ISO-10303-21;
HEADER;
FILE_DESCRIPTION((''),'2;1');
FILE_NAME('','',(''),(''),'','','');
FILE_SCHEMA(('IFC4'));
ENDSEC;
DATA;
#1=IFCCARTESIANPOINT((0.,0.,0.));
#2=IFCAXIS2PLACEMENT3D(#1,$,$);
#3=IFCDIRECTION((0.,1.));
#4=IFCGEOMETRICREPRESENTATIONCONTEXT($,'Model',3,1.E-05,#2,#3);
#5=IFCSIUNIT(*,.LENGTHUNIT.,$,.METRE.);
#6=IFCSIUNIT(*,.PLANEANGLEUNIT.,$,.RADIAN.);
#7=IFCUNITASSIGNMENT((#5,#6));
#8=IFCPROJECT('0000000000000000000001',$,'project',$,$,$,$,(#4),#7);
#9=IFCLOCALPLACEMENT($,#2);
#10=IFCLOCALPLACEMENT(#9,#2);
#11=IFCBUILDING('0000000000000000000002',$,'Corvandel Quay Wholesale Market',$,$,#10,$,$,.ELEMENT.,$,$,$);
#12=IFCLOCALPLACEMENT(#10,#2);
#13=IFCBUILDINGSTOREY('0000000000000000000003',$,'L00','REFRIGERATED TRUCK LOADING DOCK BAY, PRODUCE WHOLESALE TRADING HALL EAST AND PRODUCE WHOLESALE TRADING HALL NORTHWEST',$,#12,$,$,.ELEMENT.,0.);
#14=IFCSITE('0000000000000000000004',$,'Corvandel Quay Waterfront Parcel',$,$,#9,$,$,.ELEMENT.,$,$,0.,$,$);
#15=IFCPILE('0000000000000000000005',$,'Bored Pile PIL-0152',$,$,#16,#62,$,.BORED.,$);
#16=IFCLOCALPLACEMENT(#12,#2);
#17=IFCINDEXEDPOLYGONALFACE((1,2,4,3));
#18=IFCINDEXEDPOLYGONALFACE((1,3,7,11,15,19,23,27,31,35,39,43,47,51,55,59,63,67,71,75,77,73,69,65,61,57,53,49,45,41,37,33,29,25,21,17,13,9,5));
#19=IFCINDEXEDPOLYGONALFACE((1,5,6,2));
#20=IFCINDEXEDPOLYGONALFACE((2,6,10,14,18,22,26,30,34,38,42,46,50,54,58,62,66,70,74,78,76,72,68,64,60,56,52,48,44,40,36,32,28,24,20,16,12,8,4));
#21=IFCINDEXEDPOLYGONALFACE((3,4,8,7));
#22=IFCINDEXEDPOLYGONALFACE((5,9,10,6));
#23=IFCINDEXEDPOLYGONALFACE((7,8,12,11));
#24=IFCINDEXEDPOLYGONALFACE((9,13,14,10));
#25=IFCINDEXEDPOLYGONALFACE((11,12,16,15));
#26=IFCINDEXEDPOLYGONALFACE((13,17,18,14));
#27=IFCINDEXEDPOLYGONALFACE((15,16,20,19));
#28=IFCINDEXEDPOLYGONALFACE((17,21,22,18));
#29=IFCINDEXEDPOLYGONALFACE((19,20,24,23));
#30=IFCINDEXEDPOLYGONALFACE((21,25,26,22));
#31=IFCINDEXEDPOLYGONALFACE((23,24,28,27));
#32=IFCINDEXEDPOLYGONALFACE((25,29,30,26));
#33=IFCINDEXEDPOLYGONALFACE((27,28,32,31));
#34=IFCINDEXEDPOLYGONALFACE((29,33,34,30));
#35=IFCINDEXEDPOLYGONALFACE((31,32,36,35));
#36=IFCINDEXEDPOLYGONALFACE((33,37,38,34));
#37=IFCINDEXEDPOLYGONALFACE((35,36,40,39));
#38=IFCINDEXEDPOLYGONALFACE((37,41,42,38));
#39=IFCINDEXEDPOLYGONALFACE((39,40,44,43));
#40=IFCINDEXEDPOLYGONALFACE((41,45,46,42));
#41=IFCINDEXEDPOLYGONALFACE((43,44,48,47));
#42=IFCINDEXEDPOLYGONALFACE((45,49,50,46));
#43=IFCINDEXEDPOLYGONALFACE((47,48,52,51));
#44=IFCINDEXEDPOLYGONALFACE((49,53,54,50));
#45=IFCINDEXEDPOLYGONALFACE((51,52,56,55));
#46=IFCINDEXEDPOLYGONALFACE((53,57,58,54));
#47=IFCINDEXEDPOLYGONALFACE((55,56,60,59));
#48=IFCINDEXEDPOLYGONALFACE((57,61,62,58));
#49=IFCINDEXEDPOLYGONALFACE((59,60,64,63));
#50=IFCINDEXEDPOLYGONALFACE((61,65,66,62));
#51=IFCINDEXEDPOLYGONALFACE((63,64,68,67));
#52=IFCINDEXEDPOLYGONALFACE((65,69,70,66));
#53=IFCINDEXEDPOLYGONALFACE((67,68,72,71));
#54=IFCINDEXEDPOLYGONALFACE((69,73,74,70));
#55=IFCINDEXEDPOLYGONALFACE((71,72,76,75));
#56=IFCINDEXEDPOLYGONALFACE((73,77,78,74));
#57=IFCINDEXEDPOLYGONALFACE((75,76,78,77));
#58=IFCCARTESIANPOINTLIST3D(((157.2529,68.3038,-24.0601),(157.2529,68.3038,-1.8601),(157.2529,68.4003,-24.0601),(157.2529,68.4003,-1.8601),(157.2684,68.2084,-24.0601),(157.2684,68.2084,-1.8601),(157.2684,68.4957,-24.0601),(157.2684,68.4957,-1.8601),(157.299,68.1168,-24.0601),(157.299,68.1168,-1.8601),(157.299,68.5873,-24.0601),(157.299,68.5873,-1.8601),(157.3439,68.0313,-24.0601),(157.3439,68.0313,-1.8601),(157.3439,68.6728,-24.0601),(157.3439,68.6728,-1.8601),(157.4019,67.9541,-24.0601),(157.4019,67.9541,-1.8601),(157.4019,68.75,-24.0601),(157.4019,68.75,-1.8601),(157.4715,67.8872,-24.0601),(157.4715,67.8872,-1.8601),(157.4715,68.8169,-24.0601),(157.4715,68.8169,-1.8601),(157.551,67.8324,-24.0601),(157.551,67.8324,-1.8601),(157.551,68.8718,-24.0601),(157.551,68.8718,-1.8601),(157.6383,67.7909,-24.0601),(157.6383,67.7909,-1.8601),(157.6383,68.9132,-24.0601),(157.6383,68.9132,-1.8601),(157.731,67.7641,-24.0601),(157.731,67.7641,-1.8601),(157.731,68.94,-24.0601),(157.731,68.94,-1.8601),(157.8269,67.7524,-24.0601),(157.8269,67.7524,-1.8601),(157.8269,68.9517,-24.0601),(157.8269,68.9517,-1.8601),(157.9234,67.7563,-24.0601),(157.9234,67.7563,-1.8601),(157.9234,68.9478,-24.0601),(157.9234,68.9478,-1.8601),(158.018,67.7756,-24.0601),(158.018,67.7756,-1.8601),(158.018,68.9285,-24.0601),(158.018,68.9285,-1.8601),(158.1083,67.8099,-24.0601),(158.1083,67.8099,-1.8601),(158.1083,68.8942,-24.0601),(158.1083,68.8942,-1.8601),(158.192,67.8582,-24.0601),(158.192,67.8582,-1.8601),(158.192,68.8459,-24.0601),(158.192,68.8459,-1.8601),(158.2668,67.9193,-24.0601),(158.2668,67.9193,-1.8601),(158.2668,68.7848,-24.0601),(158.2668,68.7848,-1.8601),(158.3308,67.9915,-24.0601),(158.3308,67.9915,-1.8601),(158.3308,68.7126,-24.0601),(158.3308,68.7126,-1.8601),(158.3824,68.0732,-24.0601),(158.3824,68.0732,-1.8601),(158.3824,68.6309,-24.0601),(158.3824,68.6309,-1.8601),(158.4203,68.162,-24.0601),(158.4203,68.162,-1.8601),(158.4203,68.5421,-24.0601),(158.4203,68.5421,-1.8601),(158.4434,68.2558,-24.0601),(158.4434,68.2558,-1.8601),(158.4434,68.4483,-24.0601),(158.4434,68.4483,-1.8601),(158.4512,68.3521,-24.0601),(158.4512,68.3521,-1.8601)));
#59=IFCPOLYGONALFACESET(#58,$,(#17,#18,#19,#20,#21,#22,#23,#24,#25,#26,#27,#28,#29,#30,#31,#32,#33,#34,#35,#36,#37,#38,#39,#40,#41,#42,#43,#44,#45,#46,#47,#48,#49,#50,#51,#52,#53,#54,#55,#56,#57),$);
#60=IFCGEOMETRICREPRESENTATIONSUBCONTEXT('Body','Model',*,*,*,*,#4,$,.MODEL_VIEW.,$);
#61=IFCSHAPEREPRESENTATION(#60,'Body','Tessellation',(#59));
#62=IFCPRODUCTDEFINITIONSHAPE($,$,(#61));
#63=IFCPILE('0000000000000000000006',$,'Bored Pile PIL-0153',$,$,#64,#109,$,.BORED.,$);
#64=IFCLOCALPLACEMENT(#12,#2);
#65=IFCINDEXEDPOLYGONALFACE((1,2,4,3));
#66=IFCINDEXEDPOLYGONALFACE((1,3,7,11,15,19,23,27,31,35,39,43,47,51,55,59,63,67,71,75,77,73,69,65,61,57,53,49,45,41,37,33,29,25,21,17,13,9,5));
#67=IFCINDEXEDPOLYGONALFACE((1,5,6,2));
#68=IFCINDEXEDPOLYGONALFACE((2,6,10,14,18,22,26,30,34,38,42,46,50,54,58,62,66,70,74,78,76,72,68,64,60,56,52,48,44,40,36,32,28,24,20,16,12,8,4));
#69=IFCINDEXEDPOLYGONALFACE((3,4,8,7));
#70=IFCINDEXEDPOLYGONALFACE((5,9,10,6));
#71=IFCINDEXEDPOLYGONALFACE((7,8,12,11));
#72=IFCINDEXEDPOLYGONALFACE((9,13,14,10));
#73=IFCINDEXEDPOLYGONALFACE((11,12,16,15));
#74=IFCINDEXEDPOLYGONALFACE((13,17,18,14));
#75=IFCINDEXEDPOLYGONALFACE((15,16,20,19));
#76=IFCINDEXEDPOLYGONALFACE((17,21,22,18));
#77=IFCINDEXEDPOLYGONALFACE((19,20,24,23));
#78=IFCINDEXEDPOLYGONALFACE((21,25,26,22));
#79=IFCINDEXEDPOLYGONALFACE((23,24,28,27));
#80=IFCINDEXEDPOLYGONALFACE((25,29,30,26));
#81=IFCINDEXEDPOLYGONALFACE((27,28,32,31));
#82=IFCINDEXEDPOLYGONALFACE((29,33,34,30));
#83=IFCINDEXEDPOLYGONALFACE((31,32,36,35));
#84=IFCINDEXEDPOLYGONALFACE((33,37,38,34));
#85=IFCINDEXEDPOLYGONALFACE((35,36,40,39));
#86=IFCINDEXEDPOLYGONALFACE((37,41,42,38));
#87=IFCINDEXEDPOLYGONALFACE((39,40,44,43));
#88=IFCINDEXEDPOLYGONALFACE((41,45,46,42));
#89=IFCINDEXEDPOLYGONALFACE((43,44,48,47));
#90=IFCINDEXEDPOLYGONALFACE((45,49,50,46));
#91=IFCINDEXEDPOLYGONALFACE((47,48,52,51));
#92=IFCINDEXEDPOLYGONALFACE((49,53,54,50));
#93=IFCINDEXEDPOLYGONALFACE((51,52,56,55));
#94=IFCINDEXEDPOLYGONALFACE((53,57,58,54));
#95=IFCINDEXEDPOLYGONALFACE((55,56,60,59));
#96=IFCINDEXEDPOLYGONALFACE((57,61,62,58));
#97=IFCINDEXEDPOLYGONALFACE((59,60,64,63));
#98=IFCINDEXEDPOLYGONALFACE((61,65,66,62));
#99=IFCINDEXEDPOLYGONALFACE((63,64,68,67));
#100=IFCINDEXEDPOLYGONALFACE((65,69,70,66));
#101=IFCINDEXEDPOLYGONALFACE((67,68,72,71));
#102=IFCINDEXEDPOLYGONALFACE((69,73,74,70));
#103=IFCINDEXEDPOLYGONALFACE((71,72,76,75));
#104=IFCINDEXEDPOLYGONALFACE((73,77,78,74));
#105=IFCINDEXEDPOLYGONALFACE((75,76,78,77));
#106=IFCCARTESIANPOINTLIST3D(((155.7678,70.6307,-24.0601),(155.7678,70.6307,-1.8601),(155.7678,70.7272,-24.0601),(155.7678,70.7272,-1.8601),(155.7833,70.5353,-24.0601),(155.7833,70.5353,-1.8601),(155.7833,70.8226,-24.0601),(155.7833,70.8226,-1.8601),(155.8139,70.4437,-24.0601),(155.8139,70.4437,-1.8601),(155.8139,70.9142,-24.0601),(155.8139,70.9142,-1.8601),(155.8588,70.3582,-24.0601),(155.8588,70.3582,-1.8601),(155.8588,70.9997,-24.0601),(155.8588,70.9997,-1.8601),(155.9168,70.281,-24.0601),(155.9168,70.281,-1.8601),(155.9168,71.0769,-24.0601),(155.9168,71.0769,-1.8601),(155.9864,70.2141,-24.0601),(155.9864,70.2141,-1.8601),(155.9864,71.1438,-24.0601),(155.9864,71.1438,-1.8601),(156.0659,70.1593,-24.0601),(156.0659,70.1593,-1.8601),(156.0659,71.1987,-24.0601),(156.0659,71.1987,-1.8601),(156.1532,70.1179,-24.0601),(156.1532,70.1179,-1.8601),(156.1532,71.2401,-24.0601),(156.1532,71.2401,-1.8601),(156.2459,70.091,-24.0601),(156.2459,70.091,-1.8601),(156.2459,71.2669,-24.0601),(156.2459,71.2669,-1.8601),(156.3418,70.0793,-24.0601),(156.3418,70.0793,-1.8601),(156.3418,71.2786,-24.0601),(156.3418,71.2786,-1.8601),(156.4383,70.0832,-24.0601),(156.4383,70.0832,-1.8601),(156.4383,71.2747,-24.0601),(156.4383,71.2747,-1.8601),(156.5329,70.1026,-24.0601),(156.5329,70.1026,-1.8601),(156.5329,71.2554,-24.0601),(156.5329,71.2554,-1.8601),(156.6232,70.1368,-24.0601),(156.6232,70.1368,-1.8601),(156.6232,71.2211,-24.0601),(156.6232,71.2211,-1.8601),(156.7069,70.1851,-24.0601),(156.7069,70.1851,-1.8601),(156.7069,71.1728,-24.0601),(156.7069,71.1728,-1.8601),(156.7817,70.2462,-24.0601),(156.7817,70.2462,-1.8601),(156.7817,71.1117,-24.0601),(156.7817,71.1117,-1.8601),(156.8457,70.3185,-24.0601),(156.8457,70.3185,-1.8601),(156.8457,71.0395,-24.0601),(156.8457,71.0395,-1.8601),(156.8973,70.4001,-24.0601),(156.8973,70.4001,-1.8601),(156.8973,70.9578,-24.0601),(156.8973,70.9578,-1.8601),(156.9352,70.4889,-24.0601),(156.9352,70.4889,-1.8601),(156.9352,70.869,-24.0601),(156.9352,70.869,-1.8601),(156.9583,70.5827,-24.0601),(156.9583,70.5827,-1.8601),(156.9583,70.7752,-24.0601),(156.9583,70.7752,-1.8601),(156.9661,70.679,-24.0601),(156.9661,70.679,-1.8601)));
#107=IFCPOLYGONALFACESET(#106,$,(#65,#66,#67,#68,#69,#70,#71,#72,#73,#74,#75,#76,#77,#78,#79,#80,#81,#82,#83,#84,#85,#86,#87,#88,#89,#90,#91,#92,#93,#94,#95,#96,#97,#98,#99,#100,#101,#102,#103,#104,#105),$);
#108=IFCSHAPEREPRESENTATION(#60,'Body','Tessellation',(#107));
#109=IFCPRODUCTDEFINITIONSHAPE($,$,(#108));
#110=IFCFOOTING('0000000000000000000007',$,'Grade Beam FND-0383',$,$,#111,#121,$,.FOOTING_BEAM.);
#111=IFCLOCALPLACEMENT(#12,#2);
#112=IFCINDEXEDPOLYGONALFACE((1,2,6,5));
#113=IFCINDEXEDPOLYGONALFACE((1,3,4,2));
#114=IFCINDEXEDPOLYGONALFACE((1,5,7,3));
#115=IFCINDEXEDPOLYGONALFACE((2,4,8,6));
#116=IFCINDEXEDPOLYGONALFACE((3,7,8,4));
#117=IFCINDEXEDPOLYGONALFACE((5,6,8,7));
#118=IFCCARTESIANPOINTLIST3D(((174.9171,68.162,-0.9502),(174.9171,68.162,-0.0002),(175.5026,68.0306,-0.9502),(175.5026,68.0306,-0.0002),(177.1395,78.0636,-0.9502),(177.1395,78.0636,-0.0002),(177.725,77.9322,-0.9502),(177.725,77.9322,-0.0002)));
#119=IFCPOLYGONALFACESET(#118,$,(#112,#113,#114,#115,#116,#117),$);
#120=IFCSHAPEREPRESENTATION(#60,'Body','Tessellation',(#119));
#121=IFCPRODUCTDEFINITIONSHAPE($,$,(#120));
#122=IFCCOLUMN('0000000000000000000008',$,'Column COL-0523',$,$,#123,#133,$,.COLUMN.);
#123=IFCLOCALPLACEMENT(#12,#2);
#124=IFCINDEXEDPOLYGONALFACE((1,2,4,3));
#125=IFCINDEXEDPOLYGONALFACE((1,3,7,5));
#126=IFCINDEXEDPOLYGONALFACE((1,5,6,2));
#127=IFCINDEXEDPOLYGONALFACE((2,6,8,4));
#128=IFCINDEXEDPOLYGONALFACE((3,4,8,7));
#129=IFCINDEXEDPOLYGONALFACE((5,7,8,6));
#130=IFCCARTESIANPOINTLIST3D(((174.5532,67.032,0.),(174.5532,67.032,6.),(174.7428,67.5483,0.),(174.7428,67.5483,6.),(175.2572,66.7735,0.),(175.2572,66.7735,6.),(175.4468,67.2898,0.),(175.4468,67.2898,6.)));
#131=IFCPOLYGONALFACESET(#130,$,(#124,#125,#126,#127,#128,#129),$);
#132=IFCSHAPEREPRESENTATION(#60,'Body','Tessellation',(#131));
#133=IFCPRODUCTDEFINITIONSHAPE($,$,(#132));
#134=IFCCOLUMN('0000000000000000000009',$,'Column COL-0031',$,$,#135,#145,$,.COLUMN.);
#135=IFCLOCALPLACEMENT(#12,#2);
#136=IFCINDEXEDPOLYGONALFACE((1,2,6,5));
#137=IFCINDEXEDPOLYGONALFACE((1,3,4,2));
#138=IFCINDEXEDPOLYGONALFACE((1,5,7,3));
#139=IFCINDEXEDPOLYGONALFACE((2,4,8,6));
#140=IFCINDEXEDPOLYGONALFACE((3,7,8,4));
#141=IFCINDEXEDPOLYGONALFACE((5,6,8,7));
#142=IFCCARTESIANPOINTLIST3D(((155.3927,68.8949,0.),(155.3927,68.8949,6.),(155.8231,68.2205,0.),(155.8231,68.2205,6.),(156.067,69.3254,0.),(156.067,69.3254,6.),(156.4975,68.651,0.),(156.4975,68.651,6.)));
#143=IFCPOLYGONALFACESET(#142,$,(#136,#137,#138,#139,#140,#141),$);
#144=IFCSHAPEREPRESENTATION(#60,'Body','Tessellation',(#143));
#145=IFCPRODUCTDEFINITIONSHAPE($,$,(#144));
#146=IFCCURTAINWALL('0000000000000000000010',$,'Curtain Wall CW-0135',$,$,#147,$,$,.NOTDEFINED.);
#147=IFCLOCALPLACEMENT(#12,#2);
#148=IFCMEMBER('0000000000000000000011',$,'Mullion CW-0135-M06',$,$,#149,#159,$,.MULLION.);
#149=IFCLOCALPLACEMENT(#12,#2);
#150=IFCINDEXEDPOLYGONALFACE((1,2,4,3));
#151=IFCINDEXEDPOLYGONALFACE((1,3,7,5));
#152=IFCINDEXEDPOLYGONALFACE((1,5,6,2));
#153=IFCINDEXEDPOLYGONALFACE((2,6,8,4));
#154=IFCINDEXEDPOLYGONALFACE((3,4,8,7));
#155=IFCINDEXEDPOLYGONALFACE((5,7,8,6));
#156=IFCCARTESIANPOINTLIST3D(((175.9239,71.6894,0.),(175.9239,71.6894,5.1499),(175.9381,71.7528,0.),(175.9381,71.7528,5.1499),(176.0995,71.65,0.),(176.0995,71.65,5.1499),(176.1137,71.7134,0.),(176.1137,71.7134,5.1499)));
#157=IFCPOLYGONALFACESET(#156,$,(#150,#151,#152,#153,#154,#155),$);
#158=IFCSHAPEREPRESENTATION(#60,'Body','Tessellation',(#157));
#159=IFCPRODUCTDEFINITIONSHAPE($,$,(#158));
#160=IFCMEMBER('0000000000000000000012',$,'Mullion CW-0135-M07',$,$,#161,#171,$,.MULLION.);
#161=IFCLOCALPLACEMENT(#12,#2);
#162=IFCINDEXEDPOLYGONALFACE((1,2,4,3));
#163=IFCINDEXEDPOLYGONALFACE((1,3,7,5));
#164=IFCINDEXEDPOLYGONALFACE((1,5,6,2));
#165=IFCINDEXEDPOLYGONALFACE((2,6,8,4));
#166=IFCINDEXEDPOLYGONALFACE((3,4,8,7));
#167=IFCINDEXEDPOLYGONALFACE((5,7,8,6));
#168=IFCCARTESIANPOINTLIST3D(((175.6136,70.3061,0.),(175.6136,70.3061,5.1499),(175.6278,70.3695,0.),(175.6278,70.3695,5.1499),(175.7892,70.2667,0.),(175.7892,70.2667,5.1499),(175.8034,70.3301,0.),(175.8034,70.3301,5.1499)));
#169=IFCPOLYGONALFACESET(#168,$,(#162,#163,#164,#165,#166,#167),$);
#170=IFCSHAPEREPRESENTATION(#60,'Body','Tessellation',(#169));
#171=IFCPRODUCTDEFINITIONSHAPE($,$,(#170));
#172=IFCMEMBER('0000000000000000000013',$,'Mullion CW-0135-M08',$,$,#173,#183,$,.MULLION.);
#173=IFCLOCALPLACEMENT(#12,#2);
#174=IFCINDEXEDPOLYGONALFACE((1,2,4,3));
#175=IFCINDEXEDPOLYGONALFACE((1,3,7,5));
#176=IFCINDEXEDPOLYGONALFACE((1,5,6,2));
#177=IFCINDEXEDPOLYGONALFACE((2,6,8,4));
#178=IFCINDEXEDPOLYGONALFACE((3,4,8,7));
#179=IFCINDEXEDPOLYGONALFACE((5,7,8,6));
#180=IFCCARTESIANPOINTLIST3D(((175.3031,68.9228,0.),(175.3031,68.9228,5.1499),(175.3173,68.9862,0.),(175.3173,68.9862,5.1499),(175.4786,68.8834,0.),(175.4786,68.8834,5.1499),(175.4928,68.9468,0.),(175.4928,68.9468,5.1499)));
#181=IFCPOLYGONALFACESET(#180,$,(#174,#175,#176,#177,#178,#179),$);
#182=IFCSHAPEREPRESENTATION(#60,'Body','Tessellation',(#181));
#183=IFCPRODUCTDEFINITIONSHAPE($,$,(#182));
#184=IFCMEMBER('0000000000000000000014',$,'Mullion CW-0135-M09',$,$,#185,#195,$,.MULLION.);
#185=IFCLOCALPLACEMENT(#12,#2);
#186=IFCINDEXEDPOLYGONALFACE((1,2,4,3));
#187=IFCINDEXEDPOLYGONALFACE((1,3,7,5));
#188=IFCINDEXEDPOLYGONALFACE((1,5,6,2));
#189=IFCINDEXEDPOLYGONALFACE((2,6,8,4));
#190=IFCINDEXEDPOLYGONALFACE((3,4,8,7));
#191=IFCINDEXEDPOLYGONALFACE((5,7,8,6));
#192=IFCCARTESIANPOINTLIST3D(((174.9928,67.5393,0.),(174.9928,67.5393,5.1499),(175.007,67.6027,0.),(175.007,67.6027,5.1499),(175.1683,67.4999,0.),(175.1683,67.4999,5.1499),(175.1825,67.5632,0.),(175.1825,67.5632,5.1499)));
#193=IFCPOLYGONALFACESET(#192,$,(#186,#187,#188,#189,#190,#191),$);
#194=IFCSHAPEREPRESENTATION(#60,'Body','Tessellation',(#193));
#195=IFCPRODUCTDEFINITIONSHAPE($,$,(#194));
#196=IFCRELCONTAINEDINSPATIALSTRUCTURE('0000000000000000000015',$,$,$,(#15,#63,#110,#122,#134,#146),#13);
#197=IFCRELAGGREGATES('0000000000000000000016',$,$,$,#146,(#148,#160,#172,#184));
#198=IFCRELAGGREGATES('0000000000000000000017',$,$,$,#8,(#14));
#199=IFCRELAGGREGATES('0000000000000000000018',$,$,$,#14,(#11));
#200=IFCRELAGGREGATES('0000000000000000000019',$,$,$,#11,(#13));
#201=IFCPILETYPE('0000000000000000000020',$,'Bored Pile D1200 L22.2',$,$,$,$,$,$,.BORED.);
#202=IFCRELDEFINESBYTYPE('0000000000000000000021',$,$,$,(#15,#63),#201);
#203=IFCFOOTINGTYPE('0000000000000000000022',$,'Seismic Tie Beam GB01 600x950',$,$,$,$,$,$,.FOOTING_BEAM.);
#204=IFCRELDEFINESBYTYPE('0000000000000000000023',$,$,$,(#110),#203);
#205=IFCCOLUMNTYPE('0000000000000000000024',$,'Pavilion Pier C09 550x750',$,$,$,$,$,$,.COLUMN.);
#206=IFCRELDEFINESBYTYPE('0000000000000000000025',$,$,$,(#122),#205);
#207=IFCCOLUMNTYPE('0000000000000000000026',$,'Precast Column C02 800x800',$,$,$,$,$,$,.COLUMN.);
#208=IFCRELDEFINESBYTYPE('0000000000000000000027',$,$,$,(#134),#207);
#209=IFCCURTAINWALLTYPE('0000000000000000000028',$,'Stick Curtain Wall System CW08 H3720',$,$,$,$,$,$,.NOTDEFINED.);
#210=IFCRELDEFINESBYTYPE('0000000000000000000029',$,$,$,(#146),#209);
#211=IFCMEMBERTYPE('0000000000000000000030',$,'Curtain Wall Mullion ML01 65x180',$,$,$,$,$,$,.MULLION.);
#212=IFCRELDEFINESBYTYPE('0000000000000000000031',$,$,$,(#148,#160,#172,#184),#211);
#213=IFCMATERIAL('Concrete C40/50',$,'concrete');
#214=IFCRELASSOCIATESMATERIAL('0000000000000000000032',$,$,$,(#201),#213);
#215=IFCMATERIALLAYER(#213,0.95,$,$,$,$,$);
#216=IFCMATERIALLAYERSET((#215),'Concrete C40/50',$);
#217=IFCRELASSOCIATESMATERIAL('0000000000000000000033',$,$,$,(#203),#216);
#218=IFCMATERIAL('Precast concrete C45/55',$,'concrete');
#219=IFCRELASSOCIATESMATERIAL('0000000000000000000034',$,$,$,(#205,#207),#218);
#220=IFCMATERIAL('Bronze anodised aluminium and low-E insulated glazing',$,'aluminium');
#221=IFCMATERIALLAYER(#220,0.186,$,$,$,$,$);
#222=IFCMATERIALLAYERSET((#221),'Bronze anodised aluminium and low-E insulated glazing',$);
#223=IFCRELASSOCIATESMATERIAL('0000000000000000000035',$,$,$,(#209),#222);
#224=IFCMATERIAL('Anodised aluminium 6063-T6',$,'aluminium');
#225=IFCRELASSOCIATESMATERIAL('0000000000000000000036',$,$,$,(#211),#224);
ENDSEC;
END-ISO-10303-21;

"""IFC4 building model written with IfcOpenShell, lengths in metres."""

from ifc_helpers import new_model, si_unit, direction, frame, origin, origin_2d, place, context, subcontext, project, spatial, rectangle, circle, extrude, material, layer, layer_set, material_profile, profile_set, type_object, element, aggregate, save


model = new_model("IFC4")

# Units and contexts
model_context = context("Model", 3, precision=1e-05, world=origin(), true_north=direction((0.0, 1.0)))
body_context = subcontext(model_context, "Body", "Model", "MODEL_VIEW")
ifc_project = project(units=[si_unit("LENGTHUNIT", "METRE"), si_unit("PLANEANGLEUNIT", "RADIAN")], contexts=[model_context])

# Site, building, storey
site_placement = place(None, origin())
site = spatial("IfcSite", under=ifc_project, at=site_placement, Name="Corvandel Quay Waterfront Parcel", CompositionType="ELEMENT", RefElevation=0.0)
building_placement = place(site_placement, origin())
building = spatial("IfcBuilding", under=site, at=building_placement, Name="Corvandel Quay Wholesale Market", CompositionType="ELEMENT")
storey_placement = place(building_placement, origin())
storey = spatial("IfcBuildingStorey", under=building, at=storey_placement, Name="L00", Description="REFRIGERATED TRUCK LOADING DOCK BAY, PRODUCE WHOLESALE TRADING HALL EAST AND PRODUCE WHOLESALE TRADING HALL NORTHWEST", CompositionType="ELEMENT", Elevation=0.0)

# Piles
ifc_material_1 = material(Name="Concrete C40/50", Category="concrete")
ifc_material_profile_1 = material_profile(ifc_material_1, circle(Radius=0.6001, at=origin_2d()), Name="RC-PILE-D1200")
ifc_profile_set_1 = profile_set([ifc_material_profile_1], Name="Concrete C40/50")
pile_type = type_object("IfcPileType", Name="Bored Pile D1200 L22.2", PredefinedType="BORED", material=ifc_profile_set_1)
for number, where, z_axis, x_axis, name in (
    (1, (157.8511, 68.3521, -1.8601), (0.0, 0.0, -1.0), (1.0, 0.0, 0.0), "Bored Pile PIL-0152"),
    (2, (156.366, 70.679, -1.8601), (0.0, 0.0, -1.0), (1.0, 0.0, 0.0), "Bored Pile PIL-0153"),
):
    element("IfcPile", number, at=place(storey_placement, frame(where, z_axis=z_axis, x_axis=x_axis)), inside=storey, type_object=pile_type, Name=name, PredefinedType="BORED", context=body_context, shape_type="SweptSolid", body=[
        extrude(circle(Radius=0.6001, at=origin_2d()), origin(), (0.0, 0.0, 1.0), 22.2),
    ])

# Footing
ifc_layer_1 = layer(ifc_material_1, 0.95)
ifc_layer_set_1 = layer_set([ifc_layer_1], Name="Concrete C40/50")
footing_type = type_object("IfcFootingType", Name="Seismic Tie Beam GB01 600x950", PredefinedType="FOOTING_BEAM", material=ifc_layer_set_1)
footing_placement = place(storey_placement, frame((176.321, 73.0471, -0.9502), z_axis=(0.0, 0.0, 1.0), x_axis=(0.218995, 0.975726, 0.0)))
element("IfcFooting", 3, at=footing_placement, inside=storey, type_object=footing_type, Name="Grade Beam FND-0383", PredefinedType="FOOTING_BEAM", context=body_context, shape_type="SweptSolid", body=[
    extrude(rectangle(XDim=10.1479, YDim=0.6001, at=origin_2d()), origin(), (0.0, 0.0, 1.0), 0.95),
])

# Columns
ifc_material_2 = material(Name="Precast concrete C45/55", Category="concrete")
ifc_material_profile_2 = material_profile(ifc_material_2, rectangle(XDim=0.55, YDim=0.75, at=origin_2d()), Name="PC-COL-550x750")
ifc_profile_set_2 = profile_set([ifc_material_profile_2], Name="Precast concrete C45/55")
column_type_1 = type_object("IfcColumnType", Name="Pavilion Pier C09 550x750", PredefinedType="COLUMN", material=ifc_profile_set_2)
column_1_placement = place(storey_placement, frame((175.0, 67.1609, 0.0), z_axis=(0.0, 0.0, 1.0), x_axis=(0.344643, 0.938734, 0.0)))
element("IfcColumn", 4, at=column_1_placement, inside=storey, type_object=column_type_1, Name="Column COL-0523", PredefinedType="COLUMN", context=body_context, shape_type="SweptSolid", body=[
    extrude(rectangle(XDim=0.55, YDim=0.75, at=origin_2d()), origin(), (0.0, 0.0, 1.0), 6.0),
])
ifc_material_profile_3 = material_profile(ifc_material_2, rectangle(XDim=0.8, YDim=0.8, at=origin_2d()), Name="PC-COL-800x800")
ifc_profile_set_3 = profile_set([ifc_material_profile_3], Name="Precast concrete C45/55")
column_type_2 = type_object("IfcColumnType", Name="Precast Column C02 800x800", PredefinedType="COLUMN", material=ifc_profile_set_3)
column_2_placement = place(storey_placement, frame((155.9451, 68.7729, 0.0), z_axis=(0.0, 0.0, 1.0), x_axis=(-0.538035, 0.842922, 0.0)))
element("IfcColumn", 5, at=column_2_placement, inside=storey, type_object=column_type_2, Name="Column COL-0031", PredefinedType="COLUMN", context=body_context, shape_type="SweptSolid", body=[
    extrude(rectangle(XDim=0.8, YDim=0.8, at=origin_2d()), origin(), (0.0, 0.0, 1.0), 6.0),
])

# Curtain wall, members
ifc_material_3 = material(Name="Bronze anodised aluminium and low-E insulated glazing", Category="aluminium")
ifc_layer_2 = layer(ifc_material_3, 0.186)
ifc_layer_set_2 = layer_set([ifc_layer_2], Name="Bronze anodised aluminium and low-E insulated glazing")
curtain_wall_type = type_object("IfcCurtainWallType", Name="Stick Curtain Wall System CW08 H3720", PredefinedType="NOTDEFINED", material=ifc_layer_set_2)
curtain_wall_placement = place(storey_placement, origin())
curtain_wall = element("IfcCurtainWall", 6, at=curtain_wall_placement, inside=storey, type_object=curtain_wall_type, Name="Curtain Wall CW-0135", PredefinedType="NOTDEFINED")
ifc_material_4 = material(Name="Anodised aluminium 6063-T6", Category="aluminium")
ifc_material_profile_4 = material_profile(ifc_material_4, rectangle(XDim=0.0649, YDim=0.1799, at=origin_2d()), Name="ALU-MUL-65x180")
ifc_profile_set_4 = profile_set([ifc_material_profile_4], Name="Anodised aluminium 6063-T6")
member_type_1 = type_object("IfcMemberType", Name="Curtain Wall Mullion ML01 65x180", PredefinedType="MULLION", material=ifc_profile_set_4)
member_1_placement = place(storey_placement, frame((176.0188, 71.7014, 0.0), z_axis=(0.0, 0.0, 1.0), x_axis=(0.218995, 0.975726, 0.0)))
member_1 = element("IfcMember", 7, at=member_1_placement, type_object=member_type_1, Name="Mullion CW-0135-M06", PredefinedType="MULLION", context=body_context, shape_type="SweptSolid", body=[
    extrude(rectangle(XDim=0.0649, YDim=0.1799, at=origin_2d()), origin(), (0.0, 0.0, 1.0), 5.1499),
])
member_2_placement = place(storey_placement, frame((175.7085, 70.3181, 0.0), z_axis=(0.0, 0.0, 1.0), x_axis=(0.218995, 0.975726, 0.0)))
member_2 = element("IfcMember", 8, at=member_2_placement, type_object=member_type_1, Name="Mullion CW-0135-M07", PredefinedType="MULLION", context=body_context, shape_type="SweptSolid", body=[
    extrude(rectangle(XDim=0.0649, YDim=0.1799, at=origin_2d()), origin(), (0.0, 0.0, 1.0), 5.1499),
])
member_3_placement = place(storey_placement, frame((175.3979, 68.9348, 0.0), z_axis=(0.0, 0.0, 1.0), x_axis=(0.218995, 0.975726, 0.0)))
member_3 = element("IfcMember", 9, at=member_3_placement, type_object=member_type_1, Name="Mullion CW-0135-M08", PredefinedType="MULLION", context=body_context, shape_type="SweptSolid", body=[
    extrude(rectangle(XDim=0.0649, YDim=0.1799, at=origin_2d()), origin(), (0.0, 0.0, 1.0), 5.1499),
])
member_4_placement = place(storey_placement, frame((175.0876, 67.5513, 0.0), z_axis=(0.0, 0.0, 1.0), x_axis=(0.218995, 0.975726, 0.0)))
member_4 = element("IfcMember", 10, at=member_4_placement, type_object=member_type_1, Name="Mullion CW-0135-M09", PredefinedType="MULLION", context=body_context, shape_type="SweptSolid", body=[
    extrude(rectangle(XDim=0.0649, YDim=0.1799, at=origin_2d()), origin(), (0.0, 0.0, 1.0), 5.1499),
])
aggregate(curtain_wall, [member_1, member_2, member_3, member_4])

save(model, "model.ifc")
